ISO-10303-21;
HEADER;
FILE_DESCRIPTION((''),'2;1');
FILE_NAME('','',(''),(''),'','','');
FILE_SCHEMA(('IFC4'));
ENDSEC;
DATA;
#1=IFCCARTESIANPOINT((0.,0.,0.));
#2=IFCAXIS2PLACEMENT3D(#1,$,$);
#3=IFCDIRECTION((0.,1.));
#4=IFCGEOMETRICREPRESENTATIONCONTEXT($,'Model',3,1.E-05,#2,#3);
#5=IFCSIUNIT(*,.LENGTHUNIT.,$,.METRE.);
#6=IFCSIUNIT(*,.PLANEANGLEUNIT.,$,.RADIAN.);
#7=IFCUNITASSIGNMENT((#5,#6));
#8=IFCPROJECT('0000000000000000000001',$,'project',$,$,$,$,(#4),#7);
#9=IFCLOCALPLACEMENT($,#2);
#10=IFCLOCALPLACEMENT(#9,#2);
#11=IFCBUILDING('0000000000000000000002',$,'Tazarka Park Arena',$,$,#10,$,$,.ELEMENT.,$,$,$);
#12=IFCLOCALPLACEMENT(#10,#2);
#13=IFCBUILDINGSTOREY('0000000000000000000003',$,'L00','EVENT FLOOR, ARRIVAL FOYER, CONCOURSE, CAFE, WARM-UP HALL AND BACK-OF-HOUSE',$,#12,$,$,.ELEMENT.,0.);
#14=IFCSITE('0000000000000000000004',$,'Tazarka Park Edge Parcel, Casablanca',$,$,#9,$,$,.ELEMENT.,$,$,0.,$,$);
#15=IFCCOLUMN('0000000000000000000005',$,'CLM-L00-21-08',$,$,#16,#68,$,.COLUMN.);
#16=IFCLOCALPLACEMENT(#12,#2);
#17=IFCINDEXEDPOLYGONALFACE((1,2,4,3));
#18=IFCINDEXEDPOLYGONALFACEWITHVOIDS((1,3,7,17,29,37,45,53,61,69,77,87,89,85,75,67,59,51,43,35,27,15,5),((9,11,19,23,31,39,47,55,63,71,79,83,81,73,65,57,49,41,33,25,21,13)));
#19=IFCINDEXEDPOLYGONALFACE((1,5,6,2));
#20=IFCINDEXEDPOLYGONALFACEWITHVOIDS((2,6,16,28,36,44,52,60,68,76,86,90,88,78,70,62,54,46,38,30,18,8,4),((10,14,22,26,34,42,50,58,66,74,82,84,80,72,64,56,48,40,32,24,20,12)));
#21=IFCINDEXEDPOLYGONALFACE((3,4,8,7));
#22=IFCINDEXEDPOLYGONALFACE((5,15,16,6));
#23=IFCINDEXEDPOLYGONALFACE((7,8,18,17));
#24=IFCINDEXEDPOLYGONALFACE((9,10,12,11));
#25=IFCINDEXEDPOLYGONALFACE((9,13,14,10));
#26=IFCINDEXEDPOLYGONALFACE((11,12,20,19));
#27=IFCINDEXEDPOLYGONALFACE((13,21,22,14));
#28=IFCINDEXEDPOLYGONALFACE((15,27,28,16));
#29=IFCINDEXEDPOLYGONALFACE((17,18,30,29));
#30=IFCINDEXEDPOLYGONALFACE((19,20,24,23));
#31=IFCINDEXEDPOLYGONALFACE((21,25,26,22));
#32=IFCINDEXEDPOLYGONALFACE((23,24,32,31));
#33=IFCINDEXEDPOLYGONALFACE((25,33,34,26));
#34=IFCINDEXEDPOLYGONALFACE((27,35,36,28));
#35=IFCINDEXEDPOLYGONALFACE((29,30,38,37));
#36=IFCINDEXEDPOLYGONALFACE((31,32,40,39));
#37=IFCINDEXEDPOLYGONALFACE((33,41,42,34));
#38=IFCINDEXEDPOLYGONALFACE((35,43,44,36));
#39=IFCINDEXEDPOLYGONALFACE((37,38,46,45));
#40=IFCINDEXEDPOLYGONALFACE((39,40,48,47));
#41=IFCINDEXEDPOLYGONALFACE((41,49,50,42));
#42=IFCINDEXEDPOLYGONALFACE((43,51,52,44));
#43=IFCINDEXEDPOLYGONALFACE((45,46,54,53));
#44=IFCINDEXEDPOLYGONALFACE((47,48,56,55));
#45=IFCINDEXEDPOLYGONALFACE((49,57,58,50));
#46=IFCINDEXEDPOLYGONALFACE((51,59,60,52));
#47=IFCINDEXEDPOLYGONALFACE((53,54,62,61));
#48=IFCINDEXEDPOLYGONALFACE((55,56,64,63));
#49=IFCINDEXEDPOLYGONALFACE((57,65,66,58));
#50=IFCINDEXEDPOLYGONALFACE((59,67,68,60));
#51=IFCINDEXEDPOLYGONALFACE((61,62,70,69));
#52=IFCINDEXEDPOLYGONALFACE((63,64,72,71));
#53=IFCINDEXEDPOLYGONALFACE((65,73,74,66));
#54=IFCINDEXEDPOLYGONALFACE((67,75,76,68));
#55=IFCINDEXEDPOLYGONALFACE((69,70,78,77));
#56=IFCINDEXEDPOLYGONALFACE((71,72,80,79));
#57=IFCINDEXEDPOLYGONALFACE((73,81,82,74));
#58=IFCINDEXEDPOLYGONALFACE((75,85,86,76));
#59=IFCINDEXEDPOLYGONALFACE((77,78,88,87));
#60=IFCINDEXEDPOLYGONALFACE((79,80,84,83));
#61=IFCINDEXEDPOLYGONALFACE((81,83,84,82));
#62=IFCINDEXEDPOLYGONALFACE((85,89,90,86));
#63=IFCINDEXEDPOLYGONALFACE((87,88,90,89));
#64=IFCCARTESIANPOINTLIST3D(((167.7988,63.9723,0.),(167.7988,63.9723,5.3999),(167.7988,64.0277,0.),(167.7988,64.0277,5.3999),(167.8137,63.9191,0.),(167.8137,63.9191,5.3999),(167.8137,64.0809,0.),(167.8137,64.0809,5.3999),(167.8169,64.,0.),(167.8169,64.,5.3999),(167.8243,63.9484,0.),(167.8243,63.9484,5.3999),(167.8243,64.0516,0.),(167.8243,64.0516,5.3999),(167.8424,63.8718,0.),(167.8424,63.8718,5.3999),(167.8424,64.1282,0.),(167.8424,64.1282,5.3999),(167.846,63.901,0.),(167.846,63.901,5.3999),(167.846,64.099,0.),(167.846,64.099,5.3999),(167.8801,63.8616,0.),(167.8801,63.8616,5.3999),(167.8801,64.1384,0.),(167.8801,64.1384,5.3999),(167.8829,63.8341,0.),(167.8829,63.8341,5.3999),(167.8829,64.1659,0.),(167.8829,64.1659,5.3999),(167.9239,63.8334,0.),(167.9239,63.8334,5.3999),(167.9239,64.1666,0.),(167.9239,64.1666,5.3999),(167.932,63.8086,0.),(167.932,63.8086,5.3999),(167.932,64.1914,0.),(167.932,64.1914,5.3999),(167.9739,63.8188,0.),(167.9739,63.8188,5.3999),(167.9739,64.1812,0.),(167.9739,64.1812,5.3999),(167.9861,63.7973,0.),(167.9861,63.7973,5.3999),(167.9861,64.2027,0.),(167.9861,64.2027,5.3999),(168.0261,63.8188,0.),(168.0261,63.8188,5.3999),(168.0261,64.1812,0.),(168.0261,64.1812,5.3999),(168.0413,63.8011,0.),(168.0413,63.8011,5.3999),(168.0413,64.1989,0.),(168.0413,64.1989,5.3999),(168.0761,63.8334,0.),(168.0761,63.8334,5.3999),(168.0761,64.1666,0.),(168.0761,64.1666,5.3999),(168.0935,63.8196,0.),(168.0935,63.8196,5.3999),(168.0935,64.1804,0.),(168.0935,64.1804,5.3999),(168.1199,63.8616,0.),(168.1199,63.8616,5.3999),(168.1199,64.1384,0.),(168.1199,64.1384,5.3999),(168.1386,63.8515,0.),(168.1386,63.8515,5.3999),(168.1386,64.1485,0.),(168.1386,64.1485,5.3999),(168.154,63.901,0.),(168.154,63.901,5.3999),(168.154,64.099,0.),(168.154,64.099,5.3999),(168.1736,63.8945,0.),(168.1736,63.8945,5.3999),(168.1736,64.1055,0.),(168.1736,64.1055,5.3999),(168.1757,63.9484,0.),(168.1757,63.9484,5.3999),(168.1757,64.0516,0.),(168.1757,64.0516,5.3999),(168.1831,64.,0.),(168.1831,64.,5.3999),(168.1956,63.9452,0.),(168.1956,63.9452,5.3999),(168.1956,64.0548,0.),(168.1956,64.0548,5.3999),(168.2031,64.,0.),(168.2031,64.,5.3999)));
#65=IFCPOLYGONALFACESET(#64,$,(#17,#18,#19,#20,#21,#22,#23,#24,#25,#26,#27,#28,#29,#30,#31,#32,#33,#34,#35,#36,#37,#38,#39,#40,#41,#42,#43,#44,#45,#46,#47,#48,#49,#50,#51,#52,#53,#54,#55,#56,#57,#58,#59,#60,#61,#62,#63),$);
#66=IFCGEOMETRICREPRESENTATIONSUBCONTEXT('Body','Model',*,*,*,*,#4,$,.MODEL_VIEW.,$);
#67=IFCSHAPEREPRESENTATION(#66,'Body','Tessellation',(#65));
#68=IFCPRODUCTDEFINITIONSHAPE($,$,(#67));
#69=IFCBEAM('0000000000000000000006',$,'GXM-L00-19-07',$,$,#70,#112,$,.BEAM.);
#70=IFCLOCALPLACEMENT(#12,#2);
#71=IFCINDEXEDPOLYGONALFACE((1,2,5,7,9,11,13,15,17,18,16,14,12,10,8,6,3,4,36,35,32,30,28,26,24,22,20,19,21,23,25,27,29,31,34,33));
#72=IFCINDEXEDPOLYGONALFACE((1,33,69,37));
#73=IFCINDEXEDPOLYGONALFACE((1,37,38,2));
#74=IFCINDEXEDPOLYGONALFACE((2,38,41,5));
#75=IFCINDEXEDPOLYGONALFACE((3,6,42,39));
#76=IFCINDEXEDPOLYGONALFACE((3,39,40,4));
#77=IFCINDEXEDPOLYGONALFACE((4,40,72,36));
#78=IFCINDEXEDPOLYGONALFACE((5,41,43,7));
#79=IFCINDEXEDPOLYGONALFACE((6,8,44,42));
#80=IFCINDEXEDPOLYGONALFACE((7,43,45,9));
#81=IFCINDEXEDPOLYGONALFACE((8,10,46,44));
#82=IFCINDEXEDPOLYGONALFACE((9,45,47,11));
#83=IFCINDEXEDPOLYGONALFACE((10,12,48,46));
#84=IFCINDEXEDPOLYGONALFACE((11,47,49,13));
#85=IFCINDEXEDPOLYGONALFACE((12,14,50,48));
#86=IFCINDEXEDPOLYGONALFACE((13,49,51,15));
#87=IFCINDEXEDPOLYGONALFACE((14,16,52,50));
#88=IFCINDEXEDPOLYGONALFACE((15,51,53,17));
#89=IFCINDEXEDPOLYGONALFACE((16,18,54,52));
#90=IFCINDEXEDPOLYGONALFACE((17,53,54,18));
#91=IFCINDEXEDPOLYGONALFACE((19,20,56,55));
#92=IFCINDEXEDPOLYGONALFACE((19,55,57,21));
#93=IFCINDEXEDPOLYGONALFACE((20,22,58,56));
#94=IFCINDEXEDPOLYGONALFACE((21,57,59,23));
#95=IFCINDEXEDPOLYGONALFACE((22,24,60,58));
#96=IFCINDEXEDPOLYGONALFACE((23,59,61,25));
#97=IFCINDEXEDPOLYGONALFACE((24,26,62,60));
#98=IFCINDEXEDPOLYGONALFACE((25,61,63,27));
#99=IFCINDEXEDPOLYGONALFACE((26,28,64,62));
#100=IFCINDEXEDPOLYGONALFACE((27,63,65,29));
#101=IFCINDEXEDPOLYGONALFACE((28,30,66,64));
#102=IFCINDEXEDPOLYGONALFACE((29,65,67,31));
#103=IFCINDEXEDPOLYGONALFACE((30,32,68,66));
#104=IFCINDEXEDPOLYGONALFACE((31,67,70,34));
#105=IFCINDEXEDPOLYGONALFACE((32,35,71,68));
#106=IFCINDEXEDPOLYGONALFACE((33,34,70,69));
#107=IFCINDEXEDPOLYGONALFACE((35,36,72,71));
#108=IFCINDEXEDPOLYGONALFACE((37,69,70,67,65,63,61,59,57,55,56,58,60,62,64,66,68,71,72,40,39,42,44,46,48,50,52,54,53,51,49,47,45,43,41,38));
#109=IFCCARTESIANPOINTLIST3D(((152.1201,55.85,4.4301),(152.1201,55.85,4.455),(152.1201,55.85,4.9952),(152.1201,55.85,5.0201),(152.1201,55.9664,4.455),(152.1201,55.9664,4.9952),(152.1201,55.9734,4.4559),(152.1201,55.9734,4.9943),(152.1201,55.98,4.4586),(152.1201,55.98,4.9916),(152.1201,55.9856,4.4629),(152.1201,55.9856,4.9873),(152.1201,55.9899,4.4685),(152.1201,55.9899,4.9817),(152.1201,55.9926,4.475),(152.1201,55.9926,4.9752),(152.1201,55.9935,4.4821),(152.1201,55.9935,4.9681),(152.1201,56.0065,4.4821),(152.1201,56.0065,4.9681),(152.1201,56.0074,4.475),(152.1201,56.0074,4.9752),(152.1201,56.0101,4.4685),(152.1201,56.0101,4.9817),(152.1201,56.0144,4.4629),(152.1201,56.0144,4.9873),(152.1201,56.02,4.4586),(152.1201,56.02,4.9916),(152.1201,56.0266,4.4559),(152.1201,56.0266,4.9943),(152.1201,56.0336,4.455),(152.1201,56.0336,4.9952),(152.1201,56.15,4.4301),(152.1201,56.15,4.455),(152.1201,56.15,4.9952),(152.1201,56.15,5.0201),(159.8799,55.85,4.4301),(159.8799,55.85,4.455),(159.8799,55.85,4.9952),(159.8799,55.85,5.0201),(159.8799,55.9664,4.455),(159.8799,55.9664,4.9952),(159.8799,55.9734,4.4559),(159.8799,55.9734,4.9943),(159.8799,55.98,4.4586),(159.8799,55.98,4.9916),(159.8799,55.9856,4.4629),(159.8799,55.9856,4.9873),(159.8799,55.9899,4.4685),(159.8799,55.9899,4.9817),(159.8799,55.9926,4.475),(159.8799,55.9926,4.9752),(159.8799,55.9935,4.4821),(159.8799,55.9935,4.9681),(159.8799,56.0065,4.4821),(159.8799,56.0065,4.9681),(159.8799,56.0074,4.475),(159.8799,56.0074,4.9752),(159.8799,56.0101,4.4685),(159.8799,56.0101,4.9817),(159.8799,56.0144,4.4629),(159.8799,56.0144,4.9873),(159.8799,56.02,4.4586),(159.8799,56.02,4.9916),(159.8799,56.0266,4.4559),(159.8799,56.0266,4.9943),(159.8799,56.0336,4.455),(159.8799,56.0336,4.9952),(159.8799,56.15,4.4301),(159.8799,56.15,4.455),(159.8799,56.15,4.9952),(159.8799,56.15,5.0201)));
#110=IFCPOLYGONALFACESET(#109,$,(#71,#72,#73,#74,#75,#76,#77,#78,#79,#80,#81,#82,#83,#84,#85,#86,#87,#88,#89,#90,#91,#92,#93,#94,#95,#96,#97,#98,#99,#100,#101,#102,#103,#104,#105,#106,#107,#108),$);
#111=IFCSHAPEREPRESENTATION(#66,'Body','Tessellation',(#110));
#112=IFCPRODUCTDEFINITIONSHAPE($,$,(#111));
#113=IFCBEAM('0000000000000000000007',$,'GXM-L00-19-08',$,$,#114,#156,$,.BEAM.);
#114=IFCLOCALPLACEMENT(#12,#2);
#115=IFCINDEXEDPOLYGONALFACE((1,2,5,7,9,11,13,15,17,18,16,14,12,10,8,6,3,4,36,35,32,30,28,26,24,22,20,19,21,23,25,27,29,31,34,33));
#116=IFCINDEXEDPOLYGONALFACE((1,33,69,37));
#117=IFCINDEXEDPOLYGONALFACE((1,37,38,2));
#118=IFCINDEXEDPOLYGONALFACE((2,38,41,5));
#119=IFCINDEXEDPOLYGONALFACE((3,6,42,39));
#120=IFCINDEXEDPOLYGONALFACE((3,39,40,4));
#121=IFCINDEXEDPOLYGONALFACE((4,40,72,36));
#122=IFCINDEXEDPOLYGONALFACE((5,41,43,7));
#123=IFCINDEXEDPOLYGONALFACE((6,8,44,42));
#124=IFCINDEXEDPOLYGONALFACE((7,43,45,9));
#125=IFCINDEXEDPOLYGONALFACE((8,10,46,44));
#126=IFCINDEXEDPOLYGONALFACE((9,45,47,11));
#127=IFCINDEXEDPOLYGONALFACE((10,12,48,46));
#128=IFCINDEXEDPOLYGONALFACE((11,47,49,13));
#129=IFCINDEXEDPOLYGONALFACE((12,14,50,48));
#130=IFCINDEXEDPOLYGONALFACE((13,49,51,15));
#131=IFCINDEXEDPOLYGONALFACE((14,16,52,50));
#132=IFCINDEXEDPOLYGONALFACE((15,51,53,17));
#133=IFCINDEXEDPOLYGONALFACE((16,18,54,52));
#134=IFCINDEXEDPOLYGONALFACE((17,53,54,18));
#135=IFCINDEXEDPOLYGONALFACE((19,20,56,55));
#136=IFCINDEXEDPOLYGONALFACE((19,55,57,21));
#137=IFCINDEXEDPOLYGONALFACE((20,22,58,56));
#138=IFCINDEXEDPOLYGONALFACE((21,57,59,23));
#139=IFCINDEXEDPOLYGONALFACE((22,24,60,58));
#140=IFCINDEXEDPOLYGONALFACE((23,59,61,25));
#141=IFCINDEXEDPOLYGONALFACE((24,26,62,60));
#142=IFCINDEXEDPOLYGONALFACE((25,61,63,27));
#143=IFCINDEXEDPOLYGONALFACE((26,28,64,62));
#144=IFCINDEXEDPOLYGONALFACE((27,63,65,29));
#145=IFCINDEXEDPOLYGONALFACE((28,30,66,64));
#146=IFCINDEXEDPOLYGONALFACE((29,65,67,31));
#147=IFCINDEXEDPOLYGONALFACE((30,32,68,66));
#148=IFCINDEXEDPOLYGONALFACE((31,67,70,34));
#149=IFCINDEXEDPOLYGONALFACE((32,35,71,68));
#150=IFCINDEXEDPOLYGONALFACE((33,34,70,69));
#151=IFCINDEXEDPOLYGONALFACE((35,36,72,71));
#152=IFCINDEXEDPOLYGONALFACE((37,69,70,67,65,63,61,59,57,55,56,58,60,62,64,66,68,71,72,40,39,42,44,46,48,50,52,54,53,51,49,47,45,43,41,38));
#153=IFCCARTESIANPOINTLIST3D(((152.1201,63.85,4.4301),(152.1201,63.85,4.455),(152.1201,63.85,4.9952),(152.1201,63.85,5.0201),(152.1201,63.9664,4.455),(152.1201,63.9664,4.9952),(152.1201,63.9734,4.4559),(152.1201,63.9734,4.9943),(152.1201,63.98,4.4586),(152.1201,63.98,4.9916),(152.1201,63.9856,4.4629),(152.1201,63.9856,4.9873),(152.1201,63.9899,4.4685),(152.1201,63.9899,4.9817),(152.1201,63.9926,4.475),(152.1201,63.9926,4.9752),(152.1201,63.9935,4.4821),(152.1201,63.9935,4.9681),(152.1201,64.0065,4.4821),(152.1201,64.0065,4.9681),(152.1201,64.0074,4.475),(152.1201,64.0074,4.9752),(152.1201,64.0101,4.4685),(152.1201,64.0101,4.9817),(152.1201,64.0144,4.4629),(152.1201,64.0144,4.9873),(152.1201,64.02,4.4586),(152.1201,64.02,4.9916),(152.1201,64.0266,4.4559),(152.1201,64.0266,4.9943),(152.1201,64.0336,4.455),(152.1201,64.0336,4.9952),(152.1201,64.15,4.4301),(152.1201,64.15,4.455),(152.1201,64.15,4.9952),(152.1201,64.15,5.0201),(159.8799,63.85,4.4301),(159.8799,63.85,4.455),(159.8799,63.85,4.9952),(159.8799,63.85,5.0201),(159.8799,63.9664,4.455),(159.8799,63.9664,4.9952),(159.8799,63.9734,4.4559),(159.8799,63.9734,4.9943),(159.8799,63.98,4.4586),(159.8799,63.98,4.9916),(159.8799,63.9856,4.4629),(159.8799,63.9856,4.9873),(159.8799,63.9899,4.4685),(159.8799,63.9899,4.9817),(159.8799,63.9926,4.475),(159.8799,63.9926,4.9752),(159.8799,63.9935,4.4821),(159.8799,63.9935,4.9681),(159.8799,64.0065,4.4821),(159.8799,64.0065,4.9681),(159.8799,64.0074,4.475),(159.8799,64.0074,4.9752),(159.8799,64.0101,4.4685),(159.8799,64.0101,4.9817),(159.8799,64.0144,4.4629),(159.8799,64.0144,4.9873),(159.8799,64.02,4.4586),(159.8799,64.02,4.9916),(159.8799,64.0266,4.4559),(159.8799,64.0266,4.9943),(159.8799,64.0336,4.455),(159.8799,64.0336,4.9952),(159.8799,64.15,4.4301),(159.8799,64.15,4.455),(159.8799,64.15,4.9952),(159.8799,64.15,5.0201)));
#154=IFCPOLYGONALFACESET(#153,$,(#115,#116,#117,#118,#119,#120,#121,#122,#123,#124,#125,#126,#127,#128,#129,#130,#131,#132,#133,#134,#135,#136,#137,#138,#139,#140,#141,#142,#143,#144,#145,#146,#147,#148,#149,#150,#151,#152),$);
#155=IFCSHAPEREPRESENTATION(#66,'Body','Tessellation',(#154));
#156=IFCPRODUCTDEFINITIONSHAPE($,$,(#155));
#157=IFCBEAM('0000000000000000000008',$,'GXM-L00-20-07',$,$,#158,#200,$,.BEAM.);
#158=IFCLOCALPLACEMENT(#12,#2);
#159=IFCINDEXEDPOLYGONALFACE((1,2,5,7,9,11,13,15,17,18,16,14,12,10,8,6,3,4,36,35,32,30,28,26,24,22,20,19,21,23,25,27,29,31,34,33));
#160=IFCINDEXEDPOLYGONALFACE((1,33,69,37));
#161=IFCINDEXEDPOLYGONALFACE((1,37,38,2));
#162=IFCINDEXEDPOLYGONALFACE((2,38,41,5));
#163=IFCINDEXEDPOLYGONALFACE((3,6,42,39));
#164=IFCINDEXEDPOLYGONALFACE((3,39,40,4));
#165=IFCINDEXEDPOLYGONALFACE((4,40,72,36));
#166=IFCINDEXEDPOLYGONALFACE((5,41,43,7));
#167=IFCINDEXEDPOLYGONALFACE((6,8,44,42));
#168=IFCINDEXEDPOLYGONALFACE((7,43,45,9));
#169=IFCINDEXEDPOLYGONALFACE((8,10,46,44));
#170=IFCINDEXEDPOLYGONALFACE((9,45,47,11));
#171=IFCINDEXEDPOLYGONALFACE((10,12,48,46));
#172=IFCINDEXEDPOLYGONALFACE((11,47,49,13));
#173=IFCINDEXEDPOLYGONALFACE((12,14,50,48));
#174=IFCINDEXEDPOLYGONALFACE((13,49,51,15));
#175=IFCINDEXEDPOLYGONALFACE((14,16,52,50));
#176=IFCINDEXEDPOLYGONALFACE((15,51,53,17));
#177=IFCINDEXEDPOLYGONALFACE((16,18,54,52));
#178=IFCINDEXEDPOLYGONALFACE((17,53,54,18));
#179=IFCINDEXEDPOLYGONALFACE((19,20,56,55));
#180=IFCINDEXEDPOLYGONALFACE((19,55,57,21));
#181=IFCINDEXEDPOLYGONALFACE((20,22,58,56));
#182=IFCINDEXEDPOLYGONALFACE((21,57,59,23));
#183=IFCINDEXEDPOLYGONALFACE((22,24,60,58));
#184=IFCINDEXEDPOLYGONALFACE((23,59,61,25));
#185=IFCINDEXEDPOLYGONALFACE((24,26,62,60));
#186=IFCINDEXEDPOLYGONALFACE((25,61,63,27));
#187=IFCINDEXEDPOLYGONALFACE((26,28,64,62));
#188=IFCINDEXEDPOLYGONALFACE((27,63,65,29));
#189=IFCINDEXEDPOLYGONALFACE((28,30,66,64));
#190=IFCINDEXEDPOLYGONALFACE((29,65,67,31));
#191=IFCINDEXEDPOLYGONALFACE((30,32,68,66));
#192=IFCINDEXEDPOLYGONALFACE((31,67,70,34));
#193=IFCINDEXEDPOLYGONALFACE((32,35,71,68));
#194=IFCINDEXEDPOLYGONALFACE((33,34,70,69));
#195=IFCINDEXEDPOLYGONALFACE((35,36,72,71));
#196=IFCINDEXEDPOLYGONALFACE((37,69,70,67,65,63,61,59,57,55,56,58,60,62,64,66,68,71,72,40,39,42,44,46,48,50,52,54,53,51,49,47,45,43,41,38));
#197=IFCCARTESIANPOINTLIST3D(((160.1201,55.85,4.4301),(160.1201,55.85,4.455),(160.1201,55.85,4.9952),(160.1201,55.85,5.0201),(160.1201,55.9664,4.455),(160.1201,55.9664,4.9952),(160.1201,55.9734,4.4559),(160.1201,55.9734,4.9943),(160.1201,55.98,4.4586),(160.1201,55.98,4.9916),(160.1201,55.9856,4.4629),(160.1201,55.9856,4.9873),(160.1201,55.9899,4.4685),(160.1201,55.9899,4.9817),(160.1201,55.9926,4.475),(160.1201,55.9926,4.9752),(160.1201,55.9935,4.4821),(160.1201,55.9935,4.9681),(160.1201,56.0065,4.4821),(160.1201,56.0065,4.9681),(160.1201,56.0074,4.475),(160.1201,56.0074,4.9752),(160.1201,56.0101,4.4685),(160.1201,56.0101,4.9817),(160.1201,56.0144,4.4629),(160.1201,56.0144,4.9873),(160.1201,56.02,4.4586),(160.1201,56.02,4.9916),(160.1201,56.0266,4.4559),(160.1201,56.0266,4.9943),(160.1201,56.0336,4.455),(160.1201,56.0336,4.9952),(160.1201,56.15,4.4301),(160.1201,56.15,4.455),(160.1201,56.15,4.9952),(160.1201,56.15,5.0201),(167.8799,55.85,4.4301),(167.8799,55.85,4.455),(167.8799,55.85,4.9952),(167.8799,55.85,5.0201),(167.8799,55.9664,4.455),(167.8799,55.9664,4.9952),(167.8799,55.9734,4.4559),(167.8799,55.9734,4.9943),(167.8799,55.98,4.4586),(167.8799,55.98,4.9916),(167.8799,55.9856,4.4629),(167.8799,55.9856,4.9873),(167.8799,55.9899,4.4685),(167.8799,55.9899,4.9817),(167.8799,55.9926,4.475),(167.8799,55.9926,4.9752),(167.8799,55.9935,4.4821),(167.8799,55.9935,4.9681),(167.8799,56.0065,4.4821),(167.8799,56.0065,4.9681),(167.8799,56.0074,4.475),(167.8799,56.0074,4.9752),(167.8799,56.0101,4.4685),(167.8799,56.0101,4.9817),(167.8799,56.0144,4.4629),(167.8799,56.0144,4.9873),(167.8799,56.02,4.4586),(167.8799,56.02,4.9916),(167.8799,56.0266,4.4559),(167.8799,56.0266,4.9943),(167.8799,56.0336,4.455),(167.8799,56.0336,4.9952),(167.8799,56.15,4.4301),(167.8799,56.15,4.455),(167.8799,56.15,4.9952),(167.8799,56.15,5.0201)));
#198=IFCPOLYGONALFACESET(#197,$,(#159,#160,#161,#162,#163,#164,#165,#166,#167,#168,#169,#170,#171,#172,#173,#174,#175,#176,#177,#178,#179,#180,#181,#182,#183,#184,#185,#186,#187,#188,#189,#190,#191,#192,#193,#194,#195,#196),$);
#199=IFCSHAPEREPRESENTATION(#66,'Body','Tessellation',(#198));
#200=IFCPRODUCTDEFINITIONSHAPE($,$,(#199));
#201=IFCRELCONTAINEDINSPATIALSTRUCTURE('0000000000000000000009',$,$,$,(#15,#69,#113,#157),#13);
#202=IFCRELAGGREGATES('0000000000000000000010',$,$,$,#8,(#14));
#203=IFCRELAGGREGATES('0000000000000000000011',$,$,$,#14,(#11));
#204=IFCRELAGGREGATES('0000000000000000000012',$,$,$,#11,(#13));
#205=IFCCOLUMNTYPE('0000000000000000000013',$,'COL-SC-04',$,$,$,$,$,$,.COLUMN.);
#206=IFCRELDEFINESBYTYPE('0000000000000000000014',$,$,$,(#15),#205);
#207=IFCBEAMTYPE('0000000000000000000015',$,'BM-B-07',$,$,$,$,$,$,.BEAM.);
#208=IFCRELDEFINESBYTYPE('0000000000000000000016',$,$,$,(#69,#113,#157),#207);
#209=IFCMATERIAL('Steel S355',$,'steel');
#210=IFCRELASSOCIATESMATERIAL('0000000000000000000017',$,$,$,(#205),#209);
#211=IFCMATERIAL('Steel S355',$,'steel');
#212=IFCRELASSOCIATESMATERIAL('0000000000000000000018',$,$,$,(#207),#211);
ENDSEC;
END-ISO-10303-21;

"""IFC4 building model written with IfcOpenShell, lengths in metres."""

from ifc_helpers import new_model, si_unit, direction, frame, origin, origin_2d, place, context, subcontext, project, spatial, hollow_circle, i_section, extrude, material, material_profile, profile_set, type_object, element, save


model = new_model("IFC4")

# Units and contexts
model_context = context("Model", 3, precision=1e-05, world=origin(), true_north=direction((0.0, 1.0)))
body_context = subcontext(model_context, "Body", "Model", "MODEL_VIEW")
ifc_project = project(units=[si_unit("LENGTHUNIT", "METRE"), si_unit("PLANEANGLEUNIT", "RADIAN")], contexts=[model_context])

# Site, building, storey
site_placement = place(None, origin())
site = spatial("IfcSite", under=ifc_project, at=site_placement, Name="Tazarka Park Edge Parcel, Casablanca", CompositionType="ELEMENT", RefElevation=0.0)
building_placement = place(site_placement, origin())
building = spatial("IfcBuilding", under=site, at=building_placement, Name="Tazarka Park Arena", CompositionType="ELEMENT")
storey_placement = place(building_placement, origin())
storey = spatial("IfcBuildingStorey", under=building, at=storey_placement, Name="L00", Description="EVENT FLOOR, ARRIVAL FOYER, CONCOURSE, CAFE, WARM-UP HALL AND BACK-OF-HOUSE", CompositionType="ELEMENT", Elevation=0.0)

# Column
ifc_material_1 = material(Name="Steel S355", Category="steel")
ifc_material_profile_1 = material_profile(ifc_material_1, hollow_circle(Radius=0.2031, WallThickness=0.02, at=origin_2d()), Name="Steel S355")
ifc_profile_set_1 = profile_set([ifc_material_profile_1], Name="Steel S355")
column_type_1 = type_object("IfcColumnType", Name="COL-SC-04", PredefinedType="COLUMN", material=ifc_profile_set_1)
for number, where, z_axis, x_axis, name in (
    (1, (168.0, 64.0, 0.0), (0.0, 0.0, 1.0), (1.0, 0.0, 0.0), "CLM-L00-21-08"),
):
    element("IfcColumn", number, at=place(storey_placement, frame(where, z_axis=z_axis, x_axis=x_axis)), inside=storey, type_object=column_type_1, Name=name, PredefinedType="COLUMN", context=body_context, shape_type="SweptSolid", body=[
        extrude(hollow_circle(Radius=0.2031, WallThickness=0.02, at=origin_2d()), origin(), (0.0, 0.0, 1.0), 5.3999),
    ])

# Beams
ifc_material_2 = material(Name="Steel S355", Category="steel")
ifc_material_profile_2 = material_profile(ifc_material_2, i_section(OverallWidth=0.3, OverallDepth=0.5901, WebThickness=0.0129, FlangeThickness=0.0249, FilletRadius=0.0271, at=origin_2d()), Name="Steel S355")
ifc_profile_set_2 = profile_set([ifc_material_profile_2], Name="Steel S355")
beam_type_1 = type_object("IfcBeamType", Name="BM-B-07", PredefinedType="BEAM", material=ifc_profile_set_2)
for number, where, z_axis, x_axis, name in (
    (2, (152.1201, 56.0, 4.7251), (1.0, 0.0, 0.0), (0.0, 1.0, 0.0), "GXM-L00-19-07"),
    (3, (152.1201, 64.0, 4.7251), (1.0, 0.0, 0.0), (0.0, 1.0, 0.0), "GXM-L00-19-08"),
    (4, (160.1201, 56.0, 4.7251), (1.0, 0.0, 0.0), (0.0, 1.0, 0.0), "GXM-L00-20-07"),
):
    element("IfcBeam", number, at=place(storey_placement, frame(where, z_axis=z_axis, x_axis=x_axis)), inside=storey, type_object=beam_type_1, Name=name, PredefinedType="BEAM", context=body_context, shape_type="SweptSolid", body=[
        extrude(i_section(OverallWidth=0.3, OverallDepth=0.5901, WebThickness=0.0129, FlangeThickness=0.0249, FilletRadius=0.0271, at=origin_2d()), origin(), (0.0, 0.0, 1.0), 7.7598),
    ])

save(model, "model.ifc")
